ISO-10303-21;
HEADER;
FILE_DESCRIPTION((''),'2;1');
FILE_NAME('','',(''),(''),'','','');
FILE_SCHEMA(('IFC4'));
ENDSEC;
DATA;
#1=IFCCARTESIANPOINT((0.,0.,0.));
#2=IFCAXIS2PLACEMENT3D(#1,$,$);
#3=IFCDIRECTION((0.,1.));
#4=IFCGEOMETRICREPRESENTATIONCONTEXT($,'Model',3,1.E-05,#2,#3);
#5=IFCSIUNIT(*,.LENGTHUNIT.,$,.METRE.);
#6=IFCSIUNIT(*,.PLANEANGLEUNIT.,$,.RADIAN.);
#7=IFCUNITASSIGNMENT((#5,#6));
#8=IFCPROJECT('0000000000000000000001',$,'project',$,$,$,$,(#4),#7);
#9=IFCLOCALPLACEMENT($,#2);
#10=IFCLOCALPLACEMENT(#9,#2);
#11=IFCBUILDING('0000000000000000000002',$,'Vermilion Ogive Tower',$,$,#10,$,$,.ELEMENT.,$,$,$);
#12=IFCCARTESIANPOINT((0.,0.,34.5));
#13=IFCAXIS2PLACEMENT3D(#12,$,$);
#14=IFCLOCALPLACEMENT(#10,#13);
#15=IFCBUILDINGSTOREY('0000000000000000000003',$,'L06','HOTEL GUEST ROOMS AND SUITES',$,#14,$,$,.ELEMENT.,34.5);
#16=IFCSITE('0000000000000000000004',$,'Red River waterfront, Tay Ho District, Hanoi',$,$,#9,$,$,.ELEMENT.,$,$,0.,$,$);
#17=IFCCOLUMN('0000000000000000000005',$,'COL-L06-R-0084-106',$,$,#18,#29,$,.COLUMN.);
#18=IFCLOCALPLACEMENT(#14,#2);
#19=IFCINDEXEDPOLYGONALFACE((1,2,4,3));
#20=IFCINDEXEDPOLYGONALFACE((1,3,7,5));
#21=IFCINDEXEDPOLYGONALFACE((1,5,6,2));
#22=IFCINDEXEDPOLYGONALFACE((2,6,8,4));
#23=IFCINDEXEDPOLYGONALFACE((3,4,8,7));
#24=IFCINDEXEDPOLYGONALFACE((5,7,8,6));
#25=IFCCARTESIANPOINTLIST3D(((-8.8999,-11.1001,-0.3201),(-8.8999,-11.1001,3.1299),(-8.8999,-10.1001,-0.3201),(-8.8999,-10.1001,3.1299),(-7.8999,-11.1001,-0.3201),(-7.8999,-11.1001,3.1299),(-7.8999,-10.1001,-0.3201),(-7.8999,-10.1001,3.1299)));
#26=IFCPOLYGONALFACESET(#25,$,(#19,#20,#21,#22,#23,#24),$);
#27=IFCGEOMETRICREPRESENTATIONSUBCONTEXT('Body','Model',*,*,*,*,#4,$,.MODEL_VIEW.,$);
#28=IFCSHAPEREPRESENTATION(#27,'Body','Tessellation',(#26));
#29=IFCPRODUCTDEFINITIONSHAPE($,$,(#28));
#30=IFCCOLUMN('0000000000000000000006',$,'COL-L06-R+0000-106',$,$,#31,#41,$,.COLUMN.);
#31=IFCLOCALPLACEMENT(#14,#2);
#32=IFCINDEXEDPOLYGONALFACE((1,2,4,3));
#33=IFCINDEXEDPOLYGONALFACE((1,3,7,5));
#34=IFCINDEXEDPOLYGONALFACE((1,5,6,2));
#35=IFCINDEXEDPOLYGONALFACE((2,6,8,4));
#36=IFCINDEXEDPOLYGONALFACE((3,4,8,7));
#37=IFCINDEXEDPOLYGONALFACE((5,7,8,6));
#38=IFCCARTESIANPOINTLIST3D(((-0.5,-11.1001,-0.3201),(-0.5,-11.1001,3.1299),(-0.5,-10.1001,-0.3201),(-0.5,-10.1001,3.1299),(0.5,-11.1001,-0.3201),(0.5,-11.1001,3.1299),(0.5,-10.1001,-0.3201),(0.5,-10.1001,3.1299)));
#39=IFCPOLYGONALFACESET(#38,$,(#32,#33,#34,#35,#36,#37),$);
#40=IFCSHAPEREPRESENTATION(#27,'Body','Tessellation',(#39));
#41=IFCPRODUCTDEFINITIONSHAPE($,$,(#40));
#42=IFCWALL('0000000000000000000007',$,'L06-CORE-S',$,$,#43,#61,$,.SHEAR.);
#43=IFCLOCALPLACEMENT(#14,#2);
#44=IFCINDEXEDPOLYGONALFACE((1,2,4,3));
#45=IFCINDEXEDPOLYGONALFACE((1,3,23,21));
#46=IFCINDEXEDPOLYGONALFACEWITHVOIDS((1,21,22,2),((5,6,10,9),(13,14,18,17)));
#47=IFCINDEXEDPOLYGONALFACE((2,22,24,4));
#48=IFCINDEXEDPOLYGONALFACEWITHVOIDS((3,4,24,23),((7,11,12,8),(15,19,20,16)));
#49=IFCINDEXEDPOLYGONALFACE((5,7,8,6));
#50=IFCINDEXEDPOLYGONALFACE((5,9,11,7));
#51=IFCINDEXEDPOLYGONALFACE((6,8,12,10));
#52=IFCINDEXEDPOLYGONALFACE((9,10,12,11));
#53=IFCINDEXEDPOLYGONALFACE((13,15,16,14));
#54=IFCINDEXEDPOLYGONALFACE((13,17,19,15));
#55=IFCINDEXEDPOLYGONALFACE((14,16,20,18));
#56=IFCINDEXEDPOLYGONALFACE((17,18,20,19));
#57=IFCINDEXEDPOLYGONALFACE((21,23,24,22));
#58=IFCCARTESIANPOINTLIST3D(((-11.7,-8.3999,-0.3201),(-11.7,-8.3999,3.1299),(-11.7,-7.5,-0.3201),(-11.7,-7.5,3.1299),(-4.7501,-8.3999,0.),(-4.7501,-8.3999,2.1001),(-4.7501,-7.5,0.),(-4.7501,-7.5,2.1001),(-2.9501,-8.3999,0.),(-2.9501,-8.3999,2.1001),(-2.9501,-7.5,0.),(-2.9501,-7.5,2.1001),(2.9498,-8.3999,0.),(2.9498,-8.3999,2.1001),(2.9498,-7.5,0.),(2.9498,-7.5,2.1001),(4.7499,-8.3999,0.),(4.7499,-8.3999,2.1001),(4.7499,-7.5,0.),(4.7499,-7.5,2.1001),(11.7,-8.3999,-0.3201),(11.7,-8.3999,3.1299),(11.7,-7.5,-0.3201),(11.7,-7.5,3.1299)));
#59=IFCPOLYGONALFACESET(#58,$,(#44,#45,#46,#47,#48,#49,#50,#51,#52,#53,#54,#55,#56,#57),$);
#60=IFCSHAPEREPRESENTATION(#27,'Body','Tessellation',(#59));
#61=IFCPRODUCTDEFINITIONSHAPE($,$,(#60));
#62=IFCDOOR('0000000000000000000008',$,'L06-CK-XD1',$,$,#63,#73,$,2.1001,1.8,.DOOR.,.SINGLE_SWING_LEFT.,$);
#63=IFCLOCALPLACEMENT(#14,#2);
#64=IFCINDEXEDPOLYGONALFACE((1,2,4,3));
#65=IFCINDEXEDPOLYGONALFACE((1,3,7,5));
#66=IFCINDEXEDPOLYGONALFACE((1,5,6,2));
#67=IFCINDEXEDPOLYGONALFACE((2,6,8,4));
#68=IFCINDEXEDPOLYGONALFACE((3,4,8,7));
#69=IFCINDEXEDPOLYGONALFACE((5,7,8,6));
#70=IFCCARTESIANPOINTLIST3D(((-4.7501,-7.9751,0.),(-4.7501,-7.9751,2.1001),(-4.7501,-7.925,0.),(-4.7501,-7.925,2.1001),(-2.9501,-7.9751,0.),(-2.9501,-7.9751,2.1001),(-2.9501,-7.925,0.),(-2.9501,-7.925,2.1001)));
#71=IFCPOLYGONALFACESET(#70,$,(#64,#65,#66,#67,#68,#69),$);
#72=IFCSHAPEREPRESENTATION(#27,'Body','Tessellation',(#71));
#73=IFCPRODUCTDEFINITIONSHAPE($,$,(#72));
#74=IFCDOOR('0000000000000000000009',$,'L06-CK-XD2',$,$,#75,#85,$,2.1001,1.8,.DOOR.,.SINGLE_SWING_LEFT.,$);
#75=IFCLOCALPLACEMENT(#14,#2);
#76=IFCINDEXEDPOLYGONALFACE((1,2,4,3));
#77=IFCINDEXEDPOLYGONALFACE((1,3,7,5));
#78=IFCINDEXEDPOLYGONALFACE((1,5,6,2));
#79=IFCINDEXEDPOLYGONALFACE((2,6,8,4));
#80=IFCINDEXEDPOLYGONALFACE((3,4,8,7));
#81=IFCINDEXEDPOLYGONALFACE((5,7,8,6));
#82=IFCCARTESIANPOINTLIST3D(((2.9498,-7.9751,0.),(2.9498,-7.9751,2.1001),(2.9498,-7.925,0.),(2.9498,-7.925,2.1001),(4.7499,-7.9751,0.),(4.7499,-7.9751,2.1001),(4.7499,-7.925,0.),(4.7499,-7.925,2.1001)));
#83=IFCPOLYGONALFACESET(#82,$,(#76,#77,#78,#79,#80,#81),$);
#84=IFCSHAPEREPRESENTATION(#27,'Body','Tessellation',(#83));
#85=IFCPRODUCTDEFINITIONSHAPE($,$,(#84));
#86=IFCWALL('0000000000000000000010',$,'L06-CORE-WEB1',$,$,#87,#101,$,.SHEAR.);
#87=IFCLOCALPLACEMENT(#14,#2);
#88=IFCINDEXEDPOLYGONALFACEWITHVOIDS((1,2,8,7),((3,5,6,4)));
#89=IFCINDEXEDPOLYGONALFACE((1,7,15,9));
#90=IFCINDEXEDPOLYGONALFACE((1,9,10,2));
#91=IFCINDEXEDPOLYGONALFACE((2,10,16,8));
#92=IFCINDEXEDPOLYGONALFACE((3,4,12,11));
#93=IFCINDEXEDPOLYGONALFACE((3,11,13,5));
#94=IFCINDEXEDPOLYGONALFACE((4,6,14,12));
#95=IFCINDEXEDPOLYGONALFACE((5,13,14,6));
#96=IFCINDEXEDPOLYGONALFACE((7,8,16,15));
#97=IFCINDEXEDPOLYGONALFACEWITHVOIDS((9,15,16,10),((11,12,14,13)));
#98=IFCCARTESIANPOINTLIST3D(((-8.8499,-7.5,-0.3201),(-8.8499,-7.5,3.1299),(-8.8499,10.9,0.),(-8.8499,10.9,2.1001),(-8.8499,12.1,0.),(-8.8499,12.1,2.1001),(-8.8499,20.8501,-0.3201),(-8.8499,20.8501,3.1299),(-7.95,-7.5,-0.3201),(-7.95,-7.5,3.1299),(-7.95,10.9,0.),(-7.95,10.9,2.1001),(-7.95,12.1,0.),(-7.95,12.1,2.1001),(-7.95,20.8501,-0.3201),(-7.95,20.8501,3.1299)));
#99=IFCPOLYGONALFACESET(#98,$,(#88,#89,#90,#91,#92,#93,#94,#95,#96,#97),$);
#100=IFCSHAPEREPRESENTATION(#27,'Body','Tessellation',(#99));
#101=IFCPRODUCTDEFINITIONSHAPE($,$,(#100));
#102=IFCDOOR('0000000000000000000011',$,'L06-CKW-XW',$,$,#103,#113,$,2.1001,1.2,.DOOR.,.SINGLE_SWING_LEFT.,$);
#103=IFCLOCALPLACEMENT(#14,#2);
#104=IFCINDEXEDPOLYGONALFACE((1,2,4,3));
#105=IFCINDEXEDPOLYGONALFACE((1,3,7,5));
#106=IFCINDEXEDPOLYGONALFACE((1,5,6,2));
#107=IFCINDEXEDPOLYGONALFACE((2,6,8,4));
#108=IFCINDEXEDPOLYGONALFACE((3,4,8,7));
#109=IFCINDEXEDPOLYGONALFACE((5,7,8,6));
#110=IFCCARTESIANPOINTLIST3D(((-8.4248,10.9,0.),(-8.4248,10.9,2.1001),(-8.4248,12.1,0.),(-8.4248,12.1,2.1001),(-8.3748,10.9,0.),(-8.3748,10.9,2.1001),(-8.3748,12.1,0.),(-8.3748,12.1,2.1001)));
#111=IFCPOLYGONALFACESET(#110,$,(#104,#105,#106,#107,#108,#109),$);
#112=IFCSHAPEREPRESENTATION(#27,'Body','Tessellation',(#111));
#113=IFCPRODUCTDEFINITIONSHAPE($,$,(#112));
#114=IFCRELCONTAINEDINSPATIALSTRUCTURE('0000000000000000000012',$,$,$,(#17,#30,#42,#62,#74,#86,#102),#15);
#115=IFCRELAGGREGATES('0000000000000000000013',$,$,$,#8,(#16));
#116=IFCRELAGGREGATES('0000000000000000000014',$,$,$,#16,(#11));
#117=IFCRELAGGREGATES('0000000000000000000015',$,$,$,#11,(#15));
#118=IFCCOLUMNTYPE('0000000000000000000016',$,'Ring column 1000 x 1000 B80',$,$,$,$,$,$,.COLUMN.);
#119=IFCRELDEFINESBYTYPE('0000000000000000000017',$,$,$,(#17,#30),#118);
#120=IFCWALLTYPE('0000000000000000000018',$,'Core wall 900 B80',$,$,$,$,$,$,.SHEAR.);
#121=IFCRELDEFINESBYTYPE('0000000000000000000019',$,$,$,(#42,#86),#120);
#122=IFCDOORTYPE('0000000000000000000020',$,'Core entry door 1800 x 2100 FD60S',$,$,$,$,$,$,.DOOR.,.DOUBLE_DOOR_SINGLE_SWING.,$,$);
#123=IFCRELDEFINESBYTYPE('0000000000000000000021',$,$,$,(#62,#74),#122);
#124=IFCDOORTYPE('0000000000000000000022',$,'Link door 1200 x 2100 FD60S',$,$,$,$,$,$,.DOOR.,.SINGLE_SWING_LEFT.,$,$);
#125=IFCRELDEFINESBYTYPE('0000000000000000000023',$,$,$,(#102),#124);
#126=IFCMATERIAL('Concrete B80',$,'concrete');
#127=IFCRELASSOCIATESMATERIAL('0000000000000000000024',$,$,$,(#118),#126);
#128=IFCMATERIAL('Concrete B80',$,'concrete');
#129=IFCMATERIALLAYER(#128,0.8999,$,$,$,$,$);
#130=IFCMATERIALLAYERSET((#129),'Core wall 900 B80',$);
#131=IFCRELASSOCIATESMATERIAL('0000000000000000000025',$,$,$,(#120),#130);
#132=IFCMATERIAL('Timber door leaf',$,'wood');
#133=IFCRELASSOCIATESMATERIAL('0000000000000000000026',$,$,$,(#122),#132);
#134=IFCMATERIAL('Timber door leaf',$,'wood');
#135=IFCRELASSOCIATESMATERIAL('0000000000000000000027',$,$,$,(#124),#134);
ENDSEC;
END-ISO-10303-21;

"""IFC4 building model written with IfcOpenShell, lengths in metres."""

from ifc_helpers import new_model, si_unit, direction, frame, frame_2d, origin, origin_2d, place, context, subcontext, project, spatial, rectangle, extrude, material, layer, layer_set, material_profile, profile_set, type_object, element, fill, save


model = new_model("IFC4")

# Units and contexts
model_context = context("Model", 3, precision=1e-05, world=origin(), true_north=direction((0.0, 1.0)))
body_context = subcontext(model_context, "Body", "Model", "MODEL_VIEW")
ifc_project = project(units=[si_unit("LENGTHUNIT", "METRE"), si_unit("PLANEANGLEUNIT", "RADIAN")], contexts=[model_context])

# Site, building, storey
site_placement = place(None, origin())
site = spatial("IfcSite", under=ifc_project, at=site_placement, Name="Red River waterfront, Tay Ho District, Hanoi", CompositionType="ELEMENT", RefElevation=0.0)
building_placement = place(site_placement, origin())
building = spatial("IfcBuilding", under=site, at=building_placement, Name="Vermilion Ogive Tower", CompositionType="ELEMENT")
storey_placement = place(building_placement, frame((0.0, 0.0, 34.5)))
storey = spatial("IfcBuildingStorey", under=building, at=storey_placement, Name="L06", Description="HOTEL GUEST ROOMS AND SUITES", CompositionType="ELEMENT", Elevation=34.5)

# Columns
ifc_material_1 = material(Name="Concrete B80", Category="concrete")
ifc_material_profile = material_profile(ifc_material_1, rectangle(XDim=1.0, YDim=1.0, at=origin_2d()), Name="1000 x 1000")
ifc_profile_set = profile_set([ifc_material_profile], Name="Concrete B80")
column_type = type_object("IfcColumnType", Name="Ring column 1000 x 1000 B80", PredefinedType="COLUMN", material=ifc_profile_set)
for number, where, z_axis, x_axis, name in (
    (1, (-8.3999, -10.6001, -0.3201), (0.0, 0.0, 1.0), (1.0, 0.0, 0.0), "COL-L06-R-0084-106"),
    (2, (0.0, -10.6001, -0.3201), (0.0, 0.0, 1.0), (1.0, 0.0, 0.0), "COL-L06-R+0000-106"),
):
    element("IfcColumn", number, at=place(storey_placement, frame(where, z_axis=z_axis, x_axis=x_axis)), inside=storey, type_object=column_type, Name=name, PredefinedType="COLUMN", context=body_context, shape_type="SweptSolid", body=[
        extrude(rectangle(XDim=1.0, YDim=1.0, at=origin_2d()), origin(), (0.0, 0.0, 1.0), 3.45),
    ])

# Wall, openings, doors
ifc_material_2 = material(Name="Concrete B80", Category="concrete")
ifc_layer_1 = layer(ifc_material_2, 0.8999)
ifc_layer_set_1 = layer_set([ifc_layer_1], Name="Core wall 900 B80")
wall_type_1 = type_object("IfcWallType", Name="Core wall 900 B80", PredefinedType="SHEAR", material=ifc_layer_set_1)
wall_1_placement = place(storey_placement, frame((-11.7, -7.95, -0.3201), z_axis=(0.0, 0.0, 1.0), x_axis=(1.0, 0.0, 0.0)))
wall_1 = element("IfcWall", 3, at=wall_1_placement, inside=storey, type_object=wall_type_1, Name="L06-CORE-S", PredefinedType="SHEAR", context=body_context, shape_type="SweptSolid", body=[
    extrude(rectangle(XDim=23.3999, YDim=0.8999, at=frame_2d((11.7, 0.0))), origin(), (0.0, 0.0, 1.0), 3.45),
])
opening_1_placement = place(wall_1_placement, frame((6.95, 0.0, 0.3201)))
opening_1 = element("IfcOpeningElement", 4, at=opening_1_placement, cuts=wall_1, PredefinedType="OPENING", context=body_context, shape_type="SweptSolid", body=[
    extrude(rectangle(XDim=1.8, YDim=2.1001, at=frame_2d((0.8999, 1.05))), frame((0.0, 0.46, 0.0), z_axis=(0.0, -1.0, 0.0), x_axis=(1.0, 0.0, 0.0)), (0.0, 0.0, 1.0), 0.9199),
])
opening_2_placement = place(wall_1_placement, frame((14.6499, 0.0, 0.3201)))
opening_2 = element("IfcOpeningElement", 5, at=opening_2_placement, cuts=wall_1, PredefinedType="OPENING", context=body_context, shape_type="SweptSolid", body=[
    extrude(rectangle(XDim=1.8, YDim=2.1001, at=frame_2d((0.8999, 1.05))), frame((0.0, 0.46, 0.0), z_axis=(0.0, -1.0, 0.0), x_axis=(1.0, 0.0, 0.0)), (0.0, 0.0, 1.0), 0.9199),
])
ifc_material_3 = material(Name="Timber door leaf", Category="wood")
door_type_1 = type_object("IfcDoorType", Name="Core entry door 1800 x 2100 FD60S", OperationType="DOUBLE_DOOR_SINGLE_SWING", PredefinedType="DOOR", material=ifc_material_3)
door_1_placement = place(opening_1_placement, origin())
door_1 = element("IfcDoor", 6, at=door_1_placement, inside=storey, type_object=door_type_1, Name="L06-CK-XD1", OperationType="SINGLE_SWING_LEFT", OverallHeight=2.1001, OverallWidth=1.8, PredefinedType="DOOR", context=body_context, shape_type="SweptSolid", body=[
    extrude(rectangle(XDim=1.8, YDim=2.1001, at=frame_2d((0.8999, 1.05))), frame((0.0, 0.0249, 0.0), z_axis=(0.0, -1.0, 0.0), x_axis=(1.0, 0.0, 0.0)), (0.0, 0.0, 1.0), 0.05),
])
fill(opening_1, door_1)
door_2_placement = place(opening_2_placement, origin())
door_2 = element("IfcDoor", 7, at=door_2_placement, inside=storey, type_object=door_type_1, Name="L06-CK-XD2", OperationType="SINGLE_SWING_LEFT", OverallHeight=2.1001, OverallWidth=1.8, PredefinedType="DOOR", context=body_context, shape_type="SweptSolid", body=[
    extrude(rectangle(XDim=1.8, YDim=2.1001, at=frame_2d((0.8999, 1.05))), frame((0.0, 0.0249, 0.0), z_axis=(0.0, -1.0, 0.0), x_axis=(1.0, 0.0, 0.0)), (0.0, 0.0, 1.0), 0.05),
])
fill(opening_2, door_2)

# Wall, opening, door
wall_2_placement = place(storey_placement, frame((-8.3999, -7.5, -0.3201), z_axis=(0.0, 0.0, 1.0), x_axis=(0.0, 1.0, 0.0)))
wall_2 = element("IfcWall", 8, at=wall_2_placement, inside=storey, type_object=wall_type_1, Name="L06-CORE-WEB1", PredefinedType="SHEAR", context=body_context, shape_type="SweptSolid", body=[
    extrude(rectangle(XDim=28.3501, YDim=0.8999, at=frame_2d((14.175, 0.0))), origin(), (0.0, 0.0, 1.0), 3.45),
])
opening_3_placement = place(wall_2_placement, frame((18.3999, 0.0, 0.3201)))
opening_3 = element("IfcOpeningElement", 9, at=opening_3_placement, cuts=wall_2, PredefinedType="OPENING", context=body_context, shape_type="SweptSolid", body=[
    extrude(rectangle(XDim=1.2, YDim=2.1001, at=frame_2d((0.6001, 1.05))), frame((0.0, 0.46, 0.0), z_axis=(0.0, -1.0, 0.0), x_axis=(1.0, 0.0, 0.0)), (0.0, 0.0, 1.0), 0.9199),
])
ifc_material_4 = material(Name="Timber door leaf", Category="wood")
door_type_2 = type_object("IfcDoorType", Name="Link door 1200 x 2100 FD60S", OperationType="SINGLE_SWING_LEFT", PredefinedType="DOOR", material=ifc_material_4)
door_3_placement = place(opening_3_placement, origin())
door_3 = element("IfcDoor", 10, at=door_3_placement, inside=storey, type_object=door_type_2, Name="L06-CKW-XW", OperationType="SINGLE_SWING_LEFT", OverallHeight=2.1001, OverallWidth=1.2, PredefinedType="DOOR", context=body_context, shape_type="SweptSolid", body=[
    extrude(rectangle(XDim=1.2, YDim=2.1001, at=frame_2d((0.6001, 1.05))), frame((0.0, 0.0249, 0.0), z_axis=(0.0, -1.0, 0.0), x_axis=(1.0, 0.0, 0.0)), (0.0, 0.0, 1.0), 0.05),
])
fill(opening_3, door_3)

save(model, "model.ifc")
